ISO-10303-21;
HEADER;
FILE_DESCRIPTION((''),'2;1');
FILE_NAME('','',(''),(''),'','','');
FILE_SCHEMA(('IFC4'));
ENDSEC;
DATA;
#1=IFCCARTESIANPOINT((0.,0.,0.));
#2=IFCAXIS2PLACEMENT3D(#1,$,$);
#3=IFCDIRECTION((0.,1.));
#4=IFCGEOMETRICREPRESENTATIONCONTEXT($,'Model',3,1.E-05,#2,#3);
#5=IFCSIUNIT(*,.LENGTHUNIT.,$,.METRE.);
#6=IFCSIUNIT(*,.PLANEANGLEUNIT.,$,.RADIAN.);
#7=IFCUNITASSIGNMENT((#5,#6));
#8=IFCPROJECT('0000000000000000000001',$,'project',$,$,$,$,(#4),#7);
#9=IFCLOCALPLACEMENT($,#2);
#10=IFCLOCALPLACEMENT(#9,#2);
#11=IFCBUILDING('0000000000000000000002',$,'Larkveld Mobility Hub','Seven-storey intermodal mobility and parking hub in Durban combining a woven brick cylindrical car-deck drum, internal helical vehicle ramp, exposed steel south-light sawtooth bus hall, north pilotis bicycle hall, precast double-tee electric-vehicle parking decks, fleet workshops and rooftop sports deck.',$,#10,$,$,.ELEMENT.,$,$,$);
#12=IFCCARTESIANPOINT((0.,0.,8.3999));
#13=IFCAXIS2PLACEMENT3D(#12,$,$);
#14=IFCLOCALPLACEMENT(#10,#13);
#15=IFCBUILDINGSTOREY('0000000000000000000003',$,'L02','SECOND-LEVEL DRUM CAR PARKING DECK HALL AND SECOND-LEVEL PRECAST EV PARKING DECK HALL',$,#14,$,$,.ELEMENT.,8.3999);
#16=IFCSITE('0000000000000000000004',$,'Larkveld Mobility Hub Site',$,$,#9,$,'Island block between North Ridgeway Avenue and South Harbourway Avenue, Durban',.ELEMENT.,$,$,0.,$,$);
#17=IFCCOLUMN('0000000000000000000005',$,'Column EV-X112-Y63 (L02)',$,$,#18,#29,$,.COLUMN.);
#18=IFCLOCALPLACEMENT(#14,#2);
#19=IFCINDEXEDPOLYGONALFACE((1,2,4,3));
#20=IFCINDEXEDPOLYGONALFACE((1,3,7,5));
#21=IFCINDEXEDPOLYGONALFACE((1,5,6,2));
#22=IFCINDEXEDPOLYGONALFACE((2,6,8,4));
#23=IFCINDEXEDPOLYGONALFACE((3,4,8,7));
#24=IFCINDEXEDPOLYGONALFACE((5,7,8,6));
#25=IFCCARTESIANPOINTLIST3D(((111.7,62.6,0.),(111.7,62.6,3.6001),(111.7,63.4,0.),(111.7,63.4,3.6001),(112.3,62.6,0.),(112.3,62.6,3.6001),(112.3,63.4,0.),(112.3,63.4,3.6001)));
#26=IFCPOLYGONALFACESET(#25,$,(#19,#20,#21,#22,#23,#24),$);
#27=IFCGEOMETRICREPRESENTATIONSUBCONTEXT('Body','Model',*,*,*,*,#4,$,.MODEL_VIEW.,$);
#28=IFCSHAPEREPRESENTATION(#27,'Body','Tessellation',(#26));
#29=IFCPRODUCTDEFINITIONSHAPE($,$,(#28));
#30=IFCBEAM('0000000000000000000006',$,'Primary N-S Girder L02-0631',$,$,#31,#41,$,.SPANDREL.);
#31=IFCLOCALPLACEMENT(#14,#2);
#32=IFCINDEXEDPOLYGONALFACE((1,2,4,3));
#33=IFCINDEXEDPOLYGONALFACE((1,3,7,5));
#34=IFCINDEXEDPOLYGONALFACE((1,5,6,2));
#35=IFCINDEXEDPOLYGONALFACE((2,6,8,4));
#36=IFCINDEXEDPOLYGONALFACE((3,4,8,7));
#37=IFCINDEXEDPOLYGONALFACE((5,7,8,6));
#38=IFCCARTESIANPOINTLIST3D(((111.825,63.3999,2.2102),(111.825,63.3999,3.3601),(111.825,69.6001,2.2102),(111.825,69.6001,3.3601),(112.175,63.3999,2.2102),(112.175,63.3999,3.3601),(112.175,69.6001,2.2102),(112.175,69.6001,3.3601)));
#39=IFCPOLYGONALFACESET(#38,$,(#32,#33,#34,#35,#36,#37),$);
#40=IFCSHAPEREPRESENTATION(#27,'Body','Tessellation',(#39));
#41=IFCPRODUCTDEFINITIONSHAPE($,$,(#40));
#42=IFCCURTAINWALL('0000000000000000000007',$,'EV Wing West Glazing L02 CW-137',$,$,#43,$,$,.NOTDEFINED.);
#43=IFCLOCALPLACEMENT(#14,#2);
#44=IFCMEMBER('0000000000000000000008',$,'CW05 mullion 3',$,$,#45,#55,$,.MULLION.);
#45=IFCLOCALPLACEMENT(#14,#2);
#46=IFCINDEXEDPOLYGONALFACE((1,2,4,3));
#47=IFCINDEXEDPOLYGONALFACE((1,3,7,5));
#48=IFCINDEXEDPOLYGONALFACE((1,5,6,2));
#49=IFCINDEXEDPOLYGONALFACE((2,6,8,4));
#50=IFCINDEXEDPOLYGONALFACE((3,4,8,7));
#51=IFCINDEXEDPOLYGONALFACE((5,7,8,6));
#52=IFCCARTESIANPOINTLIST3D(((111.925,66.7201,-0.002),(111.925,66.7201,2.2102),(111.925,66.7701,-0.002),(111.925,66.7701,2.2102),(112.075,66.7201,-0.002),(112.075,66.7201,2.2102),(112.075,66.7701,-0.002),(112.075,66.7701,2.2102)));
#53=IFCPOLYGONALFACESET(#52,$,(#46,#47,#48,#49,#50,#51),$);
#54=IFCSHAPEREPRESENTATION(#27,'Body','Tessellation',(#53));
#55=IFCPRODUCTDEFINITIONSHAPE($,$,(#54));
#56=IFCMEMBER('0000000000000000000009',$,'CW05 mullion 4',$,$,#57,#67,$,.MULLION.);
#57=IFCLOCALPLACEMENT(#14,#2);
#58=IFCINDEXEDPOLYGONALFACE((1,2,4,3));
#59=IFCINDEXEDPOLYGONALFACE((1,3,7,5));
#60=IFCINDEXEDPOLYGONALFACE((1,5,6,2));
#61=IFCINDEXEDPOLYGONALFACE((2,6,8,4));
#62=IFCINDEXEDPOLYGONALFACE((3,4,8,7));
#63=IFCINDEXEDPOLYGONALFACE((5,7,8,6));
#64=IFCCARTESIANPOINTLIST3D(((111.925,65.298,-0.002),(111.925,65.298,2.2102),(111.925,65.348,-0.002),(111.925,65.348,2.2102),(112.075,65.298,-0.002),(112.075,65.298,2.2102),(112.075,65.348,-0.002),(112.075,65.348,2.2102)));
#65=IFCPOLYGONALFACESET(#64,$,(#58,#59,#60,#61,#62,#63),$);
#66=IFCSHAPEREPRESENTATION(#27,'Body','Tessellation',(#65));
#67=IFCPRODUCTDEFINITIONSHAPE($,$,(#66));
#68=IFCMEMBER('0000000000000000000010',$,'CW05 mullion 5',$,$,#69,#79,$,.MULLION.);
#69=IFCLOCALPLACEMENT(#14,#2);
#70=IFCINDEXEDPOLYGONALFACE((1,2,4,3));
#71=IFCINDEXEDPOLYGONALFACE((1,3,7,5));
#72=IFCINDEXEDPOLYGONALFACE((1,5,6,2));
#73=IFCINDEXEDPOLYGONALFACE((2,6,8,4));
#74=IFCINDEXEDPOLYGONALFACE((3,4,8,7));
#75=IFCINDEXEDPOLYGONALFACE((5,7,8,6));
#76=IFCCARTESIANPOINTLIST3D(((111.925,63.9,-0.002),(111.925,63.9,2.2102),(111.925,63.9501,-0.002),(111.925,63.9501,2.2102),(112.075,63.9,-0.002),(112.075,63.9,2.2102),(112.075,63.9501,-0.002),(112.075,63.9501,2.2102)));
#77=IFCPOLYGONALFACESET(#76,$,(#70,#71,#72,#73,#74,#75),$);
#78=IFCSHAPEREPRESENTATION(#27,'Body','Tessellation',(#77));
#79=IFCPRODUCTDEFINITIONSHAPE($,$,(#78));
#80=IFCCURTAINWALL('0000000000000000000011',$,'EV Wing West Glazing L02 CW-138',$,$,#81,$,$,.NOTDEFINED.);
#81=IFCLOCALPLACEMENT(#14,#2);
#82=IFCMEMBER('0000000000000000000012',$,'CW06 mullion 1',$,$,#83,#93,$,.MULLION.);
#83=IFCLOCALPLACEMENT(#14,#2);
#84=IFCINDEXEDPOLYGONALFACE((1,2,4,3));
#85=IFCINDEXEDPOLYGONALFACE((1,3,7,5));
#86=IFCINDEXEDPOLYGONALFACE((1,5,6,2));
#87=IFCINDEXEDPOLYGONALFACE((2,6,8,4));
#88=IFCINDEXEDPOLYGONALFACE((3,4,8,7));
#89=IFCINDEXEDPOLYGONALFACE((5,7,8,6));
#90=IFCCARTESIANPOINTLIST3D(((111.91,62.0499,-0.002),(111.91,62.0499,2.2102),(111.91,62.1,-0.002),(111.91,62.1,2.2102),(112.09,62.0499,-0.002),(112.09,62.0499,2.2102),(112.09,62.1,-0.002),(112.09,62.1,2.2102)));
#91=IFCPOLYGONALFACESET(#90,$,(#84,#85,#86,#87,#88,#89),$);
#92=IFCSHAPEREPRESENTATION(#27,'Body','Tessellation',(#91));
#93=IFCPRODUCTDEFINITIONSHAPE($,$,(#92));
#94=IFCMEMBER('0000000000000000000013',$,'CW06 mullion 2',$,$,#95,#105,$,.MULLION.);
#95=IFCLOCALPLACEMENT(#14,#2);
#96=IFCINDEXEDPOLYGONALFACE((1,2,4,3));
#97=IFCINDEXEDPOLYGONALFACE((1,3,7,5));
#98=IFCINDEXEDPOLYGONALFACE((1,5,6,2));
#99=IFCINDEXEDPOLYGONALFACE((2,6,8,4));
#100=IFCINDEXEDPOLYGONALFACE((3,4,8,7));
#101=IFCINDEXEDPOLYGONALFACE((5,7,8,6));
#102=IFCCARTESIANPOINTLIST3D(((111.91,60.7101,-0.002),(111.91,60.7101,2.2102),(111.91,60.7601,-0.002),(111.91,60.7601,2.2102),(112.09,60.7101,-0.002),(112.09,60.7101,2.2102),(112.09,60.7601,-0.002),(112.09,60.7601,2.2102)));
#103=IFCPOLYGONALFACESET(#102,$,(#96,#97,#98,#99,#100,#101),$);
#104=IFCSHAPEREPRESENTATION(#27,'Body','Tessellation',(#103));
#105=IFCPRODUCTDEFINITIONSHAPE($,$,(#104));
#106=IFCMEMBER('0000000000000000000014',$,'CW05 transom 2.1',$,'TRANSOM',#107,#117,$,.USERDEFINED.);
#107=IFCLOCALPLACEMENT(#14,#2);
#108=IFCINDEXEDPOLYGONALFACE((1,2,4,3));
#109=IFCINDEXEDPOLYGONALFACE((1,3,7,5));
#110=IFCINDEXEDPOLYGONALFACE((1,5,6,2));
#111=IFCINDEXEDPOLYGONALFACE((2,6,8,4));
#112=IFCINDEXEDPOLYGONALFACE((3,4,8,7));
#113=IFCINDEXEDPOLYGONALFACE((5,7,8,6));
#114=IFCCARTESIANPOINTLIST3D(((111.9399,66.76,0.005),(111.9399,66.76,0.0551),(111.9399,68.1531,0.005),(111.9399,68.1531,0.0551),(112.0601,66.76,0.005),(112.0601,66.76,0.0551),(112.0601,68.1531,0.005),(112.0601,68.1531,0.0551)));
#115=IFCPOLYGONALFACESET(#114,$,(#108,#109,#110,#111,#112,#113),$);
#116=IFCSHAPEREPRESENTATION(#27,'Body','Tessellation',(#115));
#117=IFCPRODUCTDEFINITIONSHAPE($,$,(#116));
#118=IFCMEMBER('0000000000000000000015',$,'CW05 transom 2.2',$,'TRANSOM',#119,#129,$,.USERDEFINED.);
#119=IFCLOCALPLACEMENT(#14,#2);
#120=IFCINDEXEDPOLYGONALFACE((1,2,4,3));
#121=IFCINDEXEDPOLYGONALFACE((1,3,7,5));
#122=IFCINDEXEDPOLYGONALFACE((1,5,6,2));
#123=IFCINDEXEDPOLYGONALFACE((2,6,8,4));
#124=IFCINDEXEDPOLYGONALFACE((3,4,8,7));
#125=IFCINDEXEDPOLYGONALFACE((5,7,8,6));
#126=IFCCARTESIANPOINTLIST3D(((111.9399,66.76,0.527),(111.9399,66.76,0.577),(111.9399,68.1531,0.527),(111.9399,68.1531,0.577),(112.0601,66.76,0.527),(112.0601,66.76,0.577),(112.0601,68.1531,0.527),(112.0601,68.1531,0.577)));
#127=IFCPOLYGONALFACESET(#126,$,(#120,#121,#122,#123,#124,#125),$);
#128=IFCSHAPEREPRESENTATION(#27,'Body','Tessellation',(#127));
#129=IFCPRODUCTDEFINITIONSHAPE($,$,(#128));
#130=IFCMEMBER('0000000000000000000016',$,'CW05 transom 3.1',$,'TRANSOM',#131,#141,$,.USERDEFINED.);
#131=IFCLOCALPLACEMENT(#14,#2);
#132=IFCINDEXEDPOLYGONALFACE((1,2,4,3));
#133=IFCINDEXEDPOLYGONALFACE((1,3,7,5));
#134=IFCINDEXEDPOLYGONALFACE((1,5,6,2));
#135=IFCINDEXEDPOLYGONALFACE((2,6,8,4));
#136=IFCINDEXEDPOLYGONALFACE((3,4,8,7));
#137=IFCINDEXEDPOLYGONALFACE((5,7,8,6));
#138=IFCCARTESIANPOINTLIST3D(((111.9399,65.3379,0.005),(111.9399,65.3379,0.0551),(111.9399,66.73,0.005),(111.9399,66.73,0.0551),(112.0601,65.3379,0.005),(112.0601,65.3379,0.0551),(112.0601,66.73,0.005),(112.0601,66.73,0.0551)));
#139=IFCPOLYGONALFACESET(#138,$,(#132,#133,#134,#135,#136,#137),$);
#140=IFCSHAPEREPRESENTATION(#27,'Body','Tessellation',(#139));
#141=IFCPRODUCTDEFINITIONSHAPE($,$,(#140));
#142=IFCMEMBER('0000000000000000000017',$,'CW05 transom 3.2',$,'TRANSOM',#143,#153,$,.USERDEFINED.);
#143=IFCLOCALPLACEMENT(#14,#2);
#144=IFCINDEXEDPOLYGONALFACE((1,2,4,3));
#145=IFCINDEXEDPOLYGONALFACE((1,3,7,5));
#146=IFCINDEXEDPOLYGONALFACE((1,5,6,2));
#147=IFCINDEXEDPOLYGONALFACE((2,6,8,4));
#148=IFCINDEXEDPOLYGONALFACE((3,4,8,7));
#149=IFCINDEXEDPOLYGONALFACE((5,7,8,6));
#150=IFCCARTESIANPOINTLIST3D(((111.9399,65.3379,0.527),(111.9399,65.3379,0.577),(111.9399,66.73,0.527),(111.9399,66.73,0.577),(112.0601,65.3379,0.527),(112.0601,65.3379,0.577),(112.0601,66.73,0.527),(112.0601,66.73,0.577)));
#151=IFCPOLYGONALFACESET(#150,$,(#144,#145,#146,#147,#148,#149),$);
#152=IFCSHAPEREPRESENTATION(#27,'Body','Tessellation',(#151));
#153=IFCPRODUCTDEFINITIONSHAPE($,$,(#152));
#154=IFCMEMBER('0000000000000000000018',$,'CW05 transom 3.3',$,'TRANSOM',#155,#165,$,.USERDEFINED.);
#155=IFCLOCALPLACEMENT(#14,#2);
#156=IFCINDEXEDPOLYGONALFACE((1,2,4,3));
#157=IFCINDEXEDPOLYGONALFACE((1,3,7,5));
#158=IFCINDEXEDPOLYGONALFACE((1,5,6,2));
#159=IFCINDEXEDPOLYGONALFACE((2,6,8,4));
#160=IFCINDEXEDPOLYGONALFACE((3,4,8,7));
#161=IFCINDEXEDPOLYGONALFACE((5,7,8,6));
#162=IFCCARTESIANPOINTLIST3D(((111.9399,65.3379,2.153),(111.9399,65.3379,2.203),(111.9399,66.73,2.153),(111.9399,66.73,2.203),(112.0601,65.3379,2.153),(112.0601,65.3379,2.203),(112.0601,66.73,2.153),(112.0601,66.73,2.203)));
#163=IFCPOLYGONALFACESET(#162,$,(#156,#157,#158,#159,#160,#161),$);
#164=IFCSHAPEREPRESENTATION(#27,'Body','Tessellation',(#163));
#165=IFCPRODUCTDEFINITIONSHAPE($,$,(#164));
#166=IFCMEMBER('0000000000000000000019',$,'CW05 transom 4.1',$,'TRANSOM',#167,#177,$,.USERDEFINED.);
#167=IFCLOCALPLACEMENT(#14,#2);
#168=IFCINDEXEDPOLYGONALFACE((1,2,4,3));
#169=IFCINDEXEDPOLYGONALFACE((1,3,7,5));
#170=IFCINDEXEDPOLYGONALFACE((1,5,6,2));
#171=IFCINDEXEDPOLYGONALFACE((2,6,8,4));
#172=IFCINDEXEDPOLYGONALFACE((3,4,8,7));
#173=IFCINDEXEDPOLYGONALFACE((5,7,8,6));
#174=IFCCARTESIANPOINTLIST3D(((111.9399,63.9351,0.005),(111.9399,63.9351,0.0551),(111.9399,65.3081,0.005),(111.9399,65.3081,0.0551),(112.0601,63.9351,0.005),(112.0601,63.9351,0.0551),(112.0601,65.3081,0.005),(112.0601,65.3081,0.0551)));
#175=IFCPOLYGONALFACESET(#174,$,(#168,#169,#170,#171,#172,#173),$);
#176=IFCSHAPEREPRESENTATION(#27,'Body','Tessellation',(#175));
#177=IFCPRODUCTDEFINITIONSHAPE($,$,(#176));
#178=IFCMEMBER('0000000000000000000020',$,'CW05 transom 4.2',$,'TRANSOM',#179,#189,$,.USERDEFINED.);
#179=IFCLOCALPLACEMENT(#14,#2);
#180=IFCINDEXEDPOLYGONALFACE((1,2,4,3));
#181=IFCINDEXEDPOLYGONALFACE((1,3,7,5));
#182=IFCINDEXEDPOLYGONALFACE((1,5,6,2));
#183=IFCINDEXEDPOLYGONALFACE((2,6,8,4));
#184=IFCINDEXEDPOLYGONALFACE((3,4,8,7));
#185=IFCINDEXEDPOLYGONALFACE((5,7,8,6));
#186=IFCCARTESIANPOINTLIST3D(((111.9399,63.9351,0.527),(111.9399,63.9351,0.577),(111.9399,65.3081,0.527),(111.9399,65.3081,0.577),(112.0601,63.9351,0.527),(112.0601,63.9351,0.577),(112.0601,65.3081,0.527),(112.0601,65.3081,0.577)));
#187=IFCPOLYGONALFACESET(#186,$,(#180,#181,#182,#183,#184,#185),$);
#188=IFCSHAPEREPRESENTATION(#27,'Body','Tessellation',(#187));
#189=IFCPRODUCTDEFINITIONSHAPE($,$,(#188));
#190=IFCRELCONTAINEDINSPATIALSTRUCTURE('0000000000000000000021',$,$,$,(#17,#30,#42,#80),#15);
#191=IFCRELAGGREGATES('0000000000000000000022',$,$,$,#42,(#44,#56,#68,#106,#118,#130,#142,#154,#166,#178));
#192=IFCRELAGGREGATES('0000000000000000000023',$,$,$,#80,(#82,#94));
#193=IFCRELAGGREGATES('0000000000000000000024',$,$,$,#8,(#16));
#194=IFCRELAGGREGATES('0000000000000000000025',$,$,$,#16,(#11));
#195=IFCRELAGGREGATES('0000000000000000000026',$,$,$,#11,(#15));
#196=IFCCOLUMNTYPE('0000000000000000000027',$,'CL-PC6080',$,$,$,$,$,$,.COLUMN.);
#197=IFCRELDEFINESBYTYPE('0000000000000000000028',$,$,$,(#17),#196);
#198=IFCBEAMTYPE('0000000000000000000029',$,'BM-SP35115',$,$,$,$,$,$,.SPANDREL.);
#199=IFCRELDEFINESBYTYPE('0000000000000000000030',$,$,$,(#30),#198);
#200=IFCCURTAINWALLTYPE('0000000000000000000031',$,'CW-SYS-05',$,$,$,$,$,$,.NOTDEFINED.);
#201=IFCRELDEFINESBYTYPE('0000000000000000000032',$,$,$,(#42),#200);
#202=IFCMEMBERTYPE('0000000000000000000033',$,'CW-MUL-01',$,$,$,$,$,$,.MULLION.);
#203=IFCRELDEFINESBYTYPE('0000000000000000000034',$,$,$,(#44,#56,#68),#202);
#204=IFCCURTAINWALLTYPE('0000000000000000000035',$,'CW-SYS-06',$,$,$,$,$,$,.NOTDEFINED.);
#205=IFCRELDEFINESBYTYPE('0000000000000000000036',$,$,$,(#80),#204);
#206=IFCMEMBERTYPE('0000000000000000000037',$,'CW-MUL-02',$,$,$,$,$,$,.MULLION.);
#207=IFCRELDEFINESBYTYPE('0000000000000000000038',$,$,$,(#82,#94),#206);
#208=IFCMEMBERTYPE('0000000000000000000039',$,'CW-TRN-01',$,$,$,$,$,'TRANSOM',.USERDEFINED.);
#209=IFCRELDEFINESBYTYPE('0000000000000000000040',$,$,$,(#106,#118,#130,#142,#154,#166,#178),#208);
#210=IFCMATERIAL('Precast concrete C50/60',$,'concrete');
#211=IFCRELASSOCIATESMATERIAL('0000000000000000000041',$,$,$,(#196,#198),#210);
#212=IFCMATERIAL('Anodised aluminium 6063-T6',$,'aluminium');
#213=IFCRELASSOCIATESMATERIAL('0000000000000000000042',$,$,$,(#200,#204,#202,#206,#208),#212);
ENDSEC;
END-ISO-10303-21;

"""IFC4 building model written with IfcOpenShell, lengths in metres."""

from ifc_helpers import new_model, si_unit, direction, frame, origin, origin_2d, place, context, subcontext, project, spatial, rectangle, extrude, material, material_profile, profile_set, type_object, element, aggregate, save


model = new_model("IFC4")

# Units and contexts
model_context = context("Model", 3, precision=1e-05, world=origin(), true_north=direction((0.0, 1.0)))
body_context = subcontext(model_context, "Body", "Model", "MODEL_VIEW")
ifc_project = project(units=[si_unit("LENGTHUNIT", "METRE"), si_unit("PLANEANGLEUNIT", "RADIAN")], contexts=[model_context])

# Site, building, storey
site_placement = place(None, origin())
site = spatial("IfcSite", under=ifc_project, at=site_placement, Name="Larkveld Mobility Hub Site", LongName="Island block between North Ridgeway Avenue and South Harbourway Avenue, Durban", CompositionType="ELEMENT", RefElevation=0.0)
building_placement = place(site_placement, origin())
building = spatial("IfcBuilding", under=site, at=building_placement, Name="Larkveld Mobility Hub", Description="Seven-storey intermodal mobility and parking hub in Durban combining a woven brick cylindrical car-deck drum, internal helical vehicle ramp, exposed steel south-light sawtooth bus hall, north pilotis bicycle hall, precast double-tee electric-vehicle parking decks, fleet workshops and rooftop sports deck.", CompositionType="ELEMENT")
storey_placement = place(building_placement, frame((0.0, 0.0, 8.3999)))
storey = spatial("IfcBuildingStorey", under=building, at=storey_placement, Name="L02", Description="SECOND-LEVEL DRUM CAR PARKING DECK HALL AND SECOND-LEVEL PRECAST EV PARKING DECK HALL", CompositionType="ELEMENT", Elevation=8.3999)

# Column
ifc_material_1 = material(Name="Precast concrete C50/60", Category="concrete")
ifc_material_profile_1 = material_profile(ifc_material_1, rectangle(XDim=0.6001, YDim=0.8, at=origin_2d()), Name="RC COL 600x800")
ifc_profile_set_1 = profile_set([ifc_material_profile_1], Name="Precast concrete C50/60")
column_type = type_object("IfcColumnType", Name="CL-PC6080", PredefinedType="COLUMN", material=ifc_profile_set_1)
column_placement = place(storey_placement, frame((112.0, 63.0, 0.0), z_axis=(0.0, 0.0, 1.0), x_axis=(1.0, 0.0, 0.0)))
element("IfcColumn", 1, at=column_placement, inside=storey, type_object=column_type, Name="Column EV-X112-Y63 (L02)", PredefinedType="COLUMN", context=body_context, shape_type="SweptSolid", body=[
    extrude(rectangle(XDim=0.6001, YDim=0.8, at=origin_2d()), origin(), (0.0, 0.0, 1.0), 3.6001),
])

# Beam
ifc_material_profile_2 = material_profile(ifc_material_1, rectangle(XDim=0.3501, YDim=1.1499, at=origin_2d()), Name="PC SP 350x1150")
ifc_profile_set_2 = profile_set([ifc_material_profile_2], Name="Precast concrete C50/60")
beam_type = type_object("IfcBeamType", Name="BM-SP35115", PredefinedType="SPANDREL", material=ifc_profile_set_2)
beam_placement = place(storey_placement, frame((112.0, 63.3999, 2.7852), z_axis=(0.0, 1.0, 0.0), x_axis=(-1.0, 0.0, 0.0)))
element("IfcBeam", 2, at=beam_placement, inside=storey, type_object=beam_type, Name="Primary N-S Girder L02-0631", PredefinedType="SPANDREL", context=body_context, shape_type="SweptSolid", body=[
    extrude(rectangle(XDim=0.3501, YDim=1.1499, at=origin_2d()), origin(), (0.0, 0.0, 1.0), 6.2002),
])

# Curtain walls, members
ifc_material_2 = material(Name="Anodised aluminium 6063-T6", Category="aluminium")
curtain_wall_type_1 = type_object("IfcCurtainWallType", Name="CW-SYS-05", PredefinedType="NOTDEFINED", material=ifc_material_2)
curtain_wall_1_placement = place(storey_placement, origin())
curtain_wall_1 = element("IfcCurtainWall", 3, at=curtain_wall_1_placement, inside=storey, type_object=curtain_wall_type_1, Name="EV Wing West Glazing L02 CW-137", PredefinedType="NOTDEFINED")
ifc_material_profile_3 = material_profile(ifc_material_2, rectangle(XDim=0.05, YDim=0.1499, at=origin_2d()), Name="ALU MULL 50x150")
ifc_profile_set_3 = profile_set([ifc_material_profile_3], Name="Anodised aluminium 6063-T6")
member_type_1 = type_object("IfcMemberType", Name="CW-MUL-01", PredefinedType="MULLION", material=ifc_profile_set_3)
member_1_placement = place(storey_placement, frame((112.0, 66.7451, -0.002), z_axis=(0.0, 0.0, 1.0), x_axis=(0.0, -1.0, 0.0)))
member_1 = element("IfcMember", 4, at=member_1_placement, type_object=member_type_1, Name="CW05 mullion 3", PredefinedType="MULLION", context=body_context, shape_type="SweptSolid", body=[
    extrude(rectangle(XDim=0.05, YDim=0.1499, at=origin_2d()), origin(), (0.0, 0.0, 1.0), 2.2122),
])
member_2_placement = place(storey_placement, frame((112.0, 65.323, -0.002), z_axis=(0.0, 0.0, 1.0), x_axis=(0.0, -1.0, 0.0)))
member_2 = element("IfcMember", 5, at=member_2_placement, type_object=member_type_1, Name="CW05 mullion 4", PredefinedType="MULLION", context=body_context, shape_type="SweptSolid", body=[
    extrude(rectangle(XDim=0.05, YDim=0.1499, at=origin_2d()), origin(), (0.0, 0.0, 1.0), 2.2122),
])
member_3_placement = place(storey_placement, frame((112.0, 63.925, -0.002), z_axis=(0.0, 0.0, 1.0), x_axis=(0.0, -1.0, 0.0)))
member_3 = element("IfcMember", 6, at=member_3_placement, type_object=member_type_1, Name="CW05 mullion 5", PredefinedType="MULLION", context=body_context, shape_type="SweptSolid", body=[
    extrude(rectangle(XDim=0.05, YDim=0.1499, at=origin_2d()), origin(), (0.0, 0.0, 1.0), 2.2122),
])
curtain_wall_type_2 = type_object("IfcCurtainWallType", Name="CW-SYS-06", PredefinedType="NOTDEFINED", material=ifc_material_2)
curtain_wall_2_placement = place(storey_placement, origin())
curtain_wall_2 = element("IfcCurtainWall", 7, at=curtain_wall_2_placement, inside=storey, type_object=curtain_wall_type_2, Name="EV Wing West Glazing L02 CW-138", PredefinedType="NOTDEFINED")
ifc_material_profile_4 = material_profile(ifc_material_2, rectangle(XDim=0.05, YDim=0.1799, at=origin_2d()), Name="ALU MULL 50x180")
ifc_profile_set_4 = profile_set([ifc_material_profile_4], Name="Anodised aluminium 6063-T6")
member_type_2 = type_object("IfcMemberType", Name="CW-MUL-02", PredefinedType="MULLION", material=ifc_profile_set_4)
member_4_placement = place(storey_placement, frame((112.0, 62.075, -0.002), z_axis=(0.0, 0.0, 1.0), x_axis=(0.0, -1.0, 0.0)))
member_4 = element("IfcMember", 8, at=member_4_placement, type_object=member_type_2, Name="CW06 mullion 1", PredefinedType="MULLION", context=body_context, shape_type="SweptSolid", body=[
    extrude(rectangle(XDim=0.05, YDim=0.1799, at=origin_2d()), origin(), (0.0, 0.0, 1.0), 2.2122),
])
member_5_placement = place(storey_placement, frame((112.0, 60.7351, -0.002), z_axis=(0.0, 0.0, 1.0), x_axis=(0.0, -1.0, 0.0)))
member_5 = element("IfcMember", 9, at=member_5_placement, type_object=member_type_2, Name="CW06 mullion 2", PredefinedType="MULLION", context=body_context, shape_type="SweptSolid", body=[
    extrude(rectangle(XDim=0.05, YDim=0.1799, at=origin_2d()), origin(), (0.0, 0.0, 1.0), 2.2122),
])

# Members
ifc_material_profile_5 = material_profile(ifc_material_2, rectangle(XDim=0.1201, YDim=0.05, at=origin_2d()), Name="ALU TRAN 50x120")
ifc_profile_set_5 = profile_set([ifc_material_profile_5], Name="Anodised aluminium 6063-T6")
member_type_3 = type_object("IfcMemberType", Name="CW-TRN-01", ElementType="TRANSOM", PredefinedType="USERDEFINED", material=ifc_profile_set_5)
member_6_placement = place(storey_placement, frame((112.0, 68.1531, 0.03), z_axis=(0.0, -1.0, 0.0), x_axis=(1.0, 0.0, 0.0)))
member_6 = element("IfcMember", 10, at=member_6_placement, type_object=member_type_3, Name="CW05 transom 2.1", ObjectType="TRANSOM", PredefinedType="USERDEFINED", context=body_context, shape_type="SweptSolid", body=[
    extrude(rectangle(XDim=0.1201, YDim=0.05, at=origin_2d()), origin(), (0.0, 0.0, 1.0), 1.3931),
])
member_7_placement = place(storey_placement, frame((112.0, 68.1531, 0.552), z_axis=(0.0, -1.0, 0.0), x_axis=(1.0, 0.0, 0.0)))
member_7 = element("IfcMember", 11, at=member_7_placement, type_object=member_type_3, Name="CW05 transom 2.2", ObjectType="TRANSOM", PredefinedType="USERDEFINED", context=body_context, shape_type="SweptSolid", body=[
    extrude(rectangle(XDim=0.1201, YDim=0.05, at=origin_2d()), origin(), (0.0, 0.0, 1.0), 1.3931),
])
member_8_placement = place(storey_placement, frame((112.0, 66.73, 0.03), z_axis=(0.0, -1.0, 0.0), x_axis=(1.0, 0.0, 0.0)))
member_8 = element("IfcMember", 12, at=member_8_placement, type_object=member_type_3, Name="CW05 transom 3.1", ObjectType="TRANSOM", PredefinedType="USERDEFINED", context=body_context, shape_type="SweptSolid", body=[
    extrude(rectangle(XDim=0.1201, YDim=0.05, at=origin_2d()), origin(), (0.0, 0.0, 1.0), 1.3921),
])
member_9_placement = place(storey_placement, frame((112.0, 66.73, 0.552), z_axis=(0.0, -1.0, 0.0), x_axis=(1.0, 0.0, 0.0)))
member_9 = element("IfcMember", 13, at=member_9_placement, type_object=member_type_3, Name="CW05 transom 3.2", ObjectType="TRANSOM", PredefinedType="USERDEFINED", context=body_context, shape_type="SweptSolid", body=[
    extrude(rectangle(XDim=0.1201, YDim=0.05, at=origin_2d()), origin(), (0.0, 0.0, 1.0), 1.3921),
])
member_10_placement = place(storey_placement, frame((112.0, 66.73, 2.178), z_axis=(0.0, -1.0, 0.0), x_axis=(1.0, 0.0, 0.0)))
member_10 = element("IfcMember", 14, at=member_10_placement, type_object=member_type_3, Name="CW05 transom 3.3", ObjectType="TRANSOM", PredefinedType="USERDEFINED", context=body_context, shape_type="SweptSolid", body=[
    extrude(rectangle(XDim=0.1201, YDim=0.05, at=origin_2d()), origin(), (0.0, 0.0, 1.0), 1.3921),
])
member_11_placement = place(storey_placement, frame((112.0, 65.3081, 0.03), z_axis=(0.0, -1.0, 0.0), x_axis=(1.0, 0.0, 0.0)))
member_11 = element("IfcMember", 15, at=member_11_placement, type_object=member_type_3, Name="CW05 transom 4.1", ObjectType="TRANSOM", PredefinedType="USERDEFINED", context=body_context, shape_type="SweptSolid", body=[
    extrude(rectangle(XDim=0.1201, YDim=0.05, at=origin_2d()), origin(), (0.0, 0.0, 1.0), 1.373),
])
member_12_placement = place(storey_placement, frame((112.0, 65.3081, 0.552), z_axis=(0.0, -1.0, 0.0), x_axis=(1.0, 0.0, 0.0)))
member_12 = element("IfcMember", 16, at=member_12_placement, type_object=member_type_3, Name="CW05 transom 4.2", ObjectType="TRANSOM", PredefinedType="USERDEFINED", context=body_context, shape_type="SweptSolid", body=[
    extrude(rectangle(XDim=0.1201, YDim=0.05, at=origin_2d()), origin(), (0.0, 0.0, 1.0), 1.373),
])

aggregate(curtain_wall_1, [member_1, member_2, member_3, member_6, member_7, member_8, member_9, member_10, member_11, member_12])
aggregate(curtain_wall_2, [member_4, member_5])

save(model, "model.ifc")
